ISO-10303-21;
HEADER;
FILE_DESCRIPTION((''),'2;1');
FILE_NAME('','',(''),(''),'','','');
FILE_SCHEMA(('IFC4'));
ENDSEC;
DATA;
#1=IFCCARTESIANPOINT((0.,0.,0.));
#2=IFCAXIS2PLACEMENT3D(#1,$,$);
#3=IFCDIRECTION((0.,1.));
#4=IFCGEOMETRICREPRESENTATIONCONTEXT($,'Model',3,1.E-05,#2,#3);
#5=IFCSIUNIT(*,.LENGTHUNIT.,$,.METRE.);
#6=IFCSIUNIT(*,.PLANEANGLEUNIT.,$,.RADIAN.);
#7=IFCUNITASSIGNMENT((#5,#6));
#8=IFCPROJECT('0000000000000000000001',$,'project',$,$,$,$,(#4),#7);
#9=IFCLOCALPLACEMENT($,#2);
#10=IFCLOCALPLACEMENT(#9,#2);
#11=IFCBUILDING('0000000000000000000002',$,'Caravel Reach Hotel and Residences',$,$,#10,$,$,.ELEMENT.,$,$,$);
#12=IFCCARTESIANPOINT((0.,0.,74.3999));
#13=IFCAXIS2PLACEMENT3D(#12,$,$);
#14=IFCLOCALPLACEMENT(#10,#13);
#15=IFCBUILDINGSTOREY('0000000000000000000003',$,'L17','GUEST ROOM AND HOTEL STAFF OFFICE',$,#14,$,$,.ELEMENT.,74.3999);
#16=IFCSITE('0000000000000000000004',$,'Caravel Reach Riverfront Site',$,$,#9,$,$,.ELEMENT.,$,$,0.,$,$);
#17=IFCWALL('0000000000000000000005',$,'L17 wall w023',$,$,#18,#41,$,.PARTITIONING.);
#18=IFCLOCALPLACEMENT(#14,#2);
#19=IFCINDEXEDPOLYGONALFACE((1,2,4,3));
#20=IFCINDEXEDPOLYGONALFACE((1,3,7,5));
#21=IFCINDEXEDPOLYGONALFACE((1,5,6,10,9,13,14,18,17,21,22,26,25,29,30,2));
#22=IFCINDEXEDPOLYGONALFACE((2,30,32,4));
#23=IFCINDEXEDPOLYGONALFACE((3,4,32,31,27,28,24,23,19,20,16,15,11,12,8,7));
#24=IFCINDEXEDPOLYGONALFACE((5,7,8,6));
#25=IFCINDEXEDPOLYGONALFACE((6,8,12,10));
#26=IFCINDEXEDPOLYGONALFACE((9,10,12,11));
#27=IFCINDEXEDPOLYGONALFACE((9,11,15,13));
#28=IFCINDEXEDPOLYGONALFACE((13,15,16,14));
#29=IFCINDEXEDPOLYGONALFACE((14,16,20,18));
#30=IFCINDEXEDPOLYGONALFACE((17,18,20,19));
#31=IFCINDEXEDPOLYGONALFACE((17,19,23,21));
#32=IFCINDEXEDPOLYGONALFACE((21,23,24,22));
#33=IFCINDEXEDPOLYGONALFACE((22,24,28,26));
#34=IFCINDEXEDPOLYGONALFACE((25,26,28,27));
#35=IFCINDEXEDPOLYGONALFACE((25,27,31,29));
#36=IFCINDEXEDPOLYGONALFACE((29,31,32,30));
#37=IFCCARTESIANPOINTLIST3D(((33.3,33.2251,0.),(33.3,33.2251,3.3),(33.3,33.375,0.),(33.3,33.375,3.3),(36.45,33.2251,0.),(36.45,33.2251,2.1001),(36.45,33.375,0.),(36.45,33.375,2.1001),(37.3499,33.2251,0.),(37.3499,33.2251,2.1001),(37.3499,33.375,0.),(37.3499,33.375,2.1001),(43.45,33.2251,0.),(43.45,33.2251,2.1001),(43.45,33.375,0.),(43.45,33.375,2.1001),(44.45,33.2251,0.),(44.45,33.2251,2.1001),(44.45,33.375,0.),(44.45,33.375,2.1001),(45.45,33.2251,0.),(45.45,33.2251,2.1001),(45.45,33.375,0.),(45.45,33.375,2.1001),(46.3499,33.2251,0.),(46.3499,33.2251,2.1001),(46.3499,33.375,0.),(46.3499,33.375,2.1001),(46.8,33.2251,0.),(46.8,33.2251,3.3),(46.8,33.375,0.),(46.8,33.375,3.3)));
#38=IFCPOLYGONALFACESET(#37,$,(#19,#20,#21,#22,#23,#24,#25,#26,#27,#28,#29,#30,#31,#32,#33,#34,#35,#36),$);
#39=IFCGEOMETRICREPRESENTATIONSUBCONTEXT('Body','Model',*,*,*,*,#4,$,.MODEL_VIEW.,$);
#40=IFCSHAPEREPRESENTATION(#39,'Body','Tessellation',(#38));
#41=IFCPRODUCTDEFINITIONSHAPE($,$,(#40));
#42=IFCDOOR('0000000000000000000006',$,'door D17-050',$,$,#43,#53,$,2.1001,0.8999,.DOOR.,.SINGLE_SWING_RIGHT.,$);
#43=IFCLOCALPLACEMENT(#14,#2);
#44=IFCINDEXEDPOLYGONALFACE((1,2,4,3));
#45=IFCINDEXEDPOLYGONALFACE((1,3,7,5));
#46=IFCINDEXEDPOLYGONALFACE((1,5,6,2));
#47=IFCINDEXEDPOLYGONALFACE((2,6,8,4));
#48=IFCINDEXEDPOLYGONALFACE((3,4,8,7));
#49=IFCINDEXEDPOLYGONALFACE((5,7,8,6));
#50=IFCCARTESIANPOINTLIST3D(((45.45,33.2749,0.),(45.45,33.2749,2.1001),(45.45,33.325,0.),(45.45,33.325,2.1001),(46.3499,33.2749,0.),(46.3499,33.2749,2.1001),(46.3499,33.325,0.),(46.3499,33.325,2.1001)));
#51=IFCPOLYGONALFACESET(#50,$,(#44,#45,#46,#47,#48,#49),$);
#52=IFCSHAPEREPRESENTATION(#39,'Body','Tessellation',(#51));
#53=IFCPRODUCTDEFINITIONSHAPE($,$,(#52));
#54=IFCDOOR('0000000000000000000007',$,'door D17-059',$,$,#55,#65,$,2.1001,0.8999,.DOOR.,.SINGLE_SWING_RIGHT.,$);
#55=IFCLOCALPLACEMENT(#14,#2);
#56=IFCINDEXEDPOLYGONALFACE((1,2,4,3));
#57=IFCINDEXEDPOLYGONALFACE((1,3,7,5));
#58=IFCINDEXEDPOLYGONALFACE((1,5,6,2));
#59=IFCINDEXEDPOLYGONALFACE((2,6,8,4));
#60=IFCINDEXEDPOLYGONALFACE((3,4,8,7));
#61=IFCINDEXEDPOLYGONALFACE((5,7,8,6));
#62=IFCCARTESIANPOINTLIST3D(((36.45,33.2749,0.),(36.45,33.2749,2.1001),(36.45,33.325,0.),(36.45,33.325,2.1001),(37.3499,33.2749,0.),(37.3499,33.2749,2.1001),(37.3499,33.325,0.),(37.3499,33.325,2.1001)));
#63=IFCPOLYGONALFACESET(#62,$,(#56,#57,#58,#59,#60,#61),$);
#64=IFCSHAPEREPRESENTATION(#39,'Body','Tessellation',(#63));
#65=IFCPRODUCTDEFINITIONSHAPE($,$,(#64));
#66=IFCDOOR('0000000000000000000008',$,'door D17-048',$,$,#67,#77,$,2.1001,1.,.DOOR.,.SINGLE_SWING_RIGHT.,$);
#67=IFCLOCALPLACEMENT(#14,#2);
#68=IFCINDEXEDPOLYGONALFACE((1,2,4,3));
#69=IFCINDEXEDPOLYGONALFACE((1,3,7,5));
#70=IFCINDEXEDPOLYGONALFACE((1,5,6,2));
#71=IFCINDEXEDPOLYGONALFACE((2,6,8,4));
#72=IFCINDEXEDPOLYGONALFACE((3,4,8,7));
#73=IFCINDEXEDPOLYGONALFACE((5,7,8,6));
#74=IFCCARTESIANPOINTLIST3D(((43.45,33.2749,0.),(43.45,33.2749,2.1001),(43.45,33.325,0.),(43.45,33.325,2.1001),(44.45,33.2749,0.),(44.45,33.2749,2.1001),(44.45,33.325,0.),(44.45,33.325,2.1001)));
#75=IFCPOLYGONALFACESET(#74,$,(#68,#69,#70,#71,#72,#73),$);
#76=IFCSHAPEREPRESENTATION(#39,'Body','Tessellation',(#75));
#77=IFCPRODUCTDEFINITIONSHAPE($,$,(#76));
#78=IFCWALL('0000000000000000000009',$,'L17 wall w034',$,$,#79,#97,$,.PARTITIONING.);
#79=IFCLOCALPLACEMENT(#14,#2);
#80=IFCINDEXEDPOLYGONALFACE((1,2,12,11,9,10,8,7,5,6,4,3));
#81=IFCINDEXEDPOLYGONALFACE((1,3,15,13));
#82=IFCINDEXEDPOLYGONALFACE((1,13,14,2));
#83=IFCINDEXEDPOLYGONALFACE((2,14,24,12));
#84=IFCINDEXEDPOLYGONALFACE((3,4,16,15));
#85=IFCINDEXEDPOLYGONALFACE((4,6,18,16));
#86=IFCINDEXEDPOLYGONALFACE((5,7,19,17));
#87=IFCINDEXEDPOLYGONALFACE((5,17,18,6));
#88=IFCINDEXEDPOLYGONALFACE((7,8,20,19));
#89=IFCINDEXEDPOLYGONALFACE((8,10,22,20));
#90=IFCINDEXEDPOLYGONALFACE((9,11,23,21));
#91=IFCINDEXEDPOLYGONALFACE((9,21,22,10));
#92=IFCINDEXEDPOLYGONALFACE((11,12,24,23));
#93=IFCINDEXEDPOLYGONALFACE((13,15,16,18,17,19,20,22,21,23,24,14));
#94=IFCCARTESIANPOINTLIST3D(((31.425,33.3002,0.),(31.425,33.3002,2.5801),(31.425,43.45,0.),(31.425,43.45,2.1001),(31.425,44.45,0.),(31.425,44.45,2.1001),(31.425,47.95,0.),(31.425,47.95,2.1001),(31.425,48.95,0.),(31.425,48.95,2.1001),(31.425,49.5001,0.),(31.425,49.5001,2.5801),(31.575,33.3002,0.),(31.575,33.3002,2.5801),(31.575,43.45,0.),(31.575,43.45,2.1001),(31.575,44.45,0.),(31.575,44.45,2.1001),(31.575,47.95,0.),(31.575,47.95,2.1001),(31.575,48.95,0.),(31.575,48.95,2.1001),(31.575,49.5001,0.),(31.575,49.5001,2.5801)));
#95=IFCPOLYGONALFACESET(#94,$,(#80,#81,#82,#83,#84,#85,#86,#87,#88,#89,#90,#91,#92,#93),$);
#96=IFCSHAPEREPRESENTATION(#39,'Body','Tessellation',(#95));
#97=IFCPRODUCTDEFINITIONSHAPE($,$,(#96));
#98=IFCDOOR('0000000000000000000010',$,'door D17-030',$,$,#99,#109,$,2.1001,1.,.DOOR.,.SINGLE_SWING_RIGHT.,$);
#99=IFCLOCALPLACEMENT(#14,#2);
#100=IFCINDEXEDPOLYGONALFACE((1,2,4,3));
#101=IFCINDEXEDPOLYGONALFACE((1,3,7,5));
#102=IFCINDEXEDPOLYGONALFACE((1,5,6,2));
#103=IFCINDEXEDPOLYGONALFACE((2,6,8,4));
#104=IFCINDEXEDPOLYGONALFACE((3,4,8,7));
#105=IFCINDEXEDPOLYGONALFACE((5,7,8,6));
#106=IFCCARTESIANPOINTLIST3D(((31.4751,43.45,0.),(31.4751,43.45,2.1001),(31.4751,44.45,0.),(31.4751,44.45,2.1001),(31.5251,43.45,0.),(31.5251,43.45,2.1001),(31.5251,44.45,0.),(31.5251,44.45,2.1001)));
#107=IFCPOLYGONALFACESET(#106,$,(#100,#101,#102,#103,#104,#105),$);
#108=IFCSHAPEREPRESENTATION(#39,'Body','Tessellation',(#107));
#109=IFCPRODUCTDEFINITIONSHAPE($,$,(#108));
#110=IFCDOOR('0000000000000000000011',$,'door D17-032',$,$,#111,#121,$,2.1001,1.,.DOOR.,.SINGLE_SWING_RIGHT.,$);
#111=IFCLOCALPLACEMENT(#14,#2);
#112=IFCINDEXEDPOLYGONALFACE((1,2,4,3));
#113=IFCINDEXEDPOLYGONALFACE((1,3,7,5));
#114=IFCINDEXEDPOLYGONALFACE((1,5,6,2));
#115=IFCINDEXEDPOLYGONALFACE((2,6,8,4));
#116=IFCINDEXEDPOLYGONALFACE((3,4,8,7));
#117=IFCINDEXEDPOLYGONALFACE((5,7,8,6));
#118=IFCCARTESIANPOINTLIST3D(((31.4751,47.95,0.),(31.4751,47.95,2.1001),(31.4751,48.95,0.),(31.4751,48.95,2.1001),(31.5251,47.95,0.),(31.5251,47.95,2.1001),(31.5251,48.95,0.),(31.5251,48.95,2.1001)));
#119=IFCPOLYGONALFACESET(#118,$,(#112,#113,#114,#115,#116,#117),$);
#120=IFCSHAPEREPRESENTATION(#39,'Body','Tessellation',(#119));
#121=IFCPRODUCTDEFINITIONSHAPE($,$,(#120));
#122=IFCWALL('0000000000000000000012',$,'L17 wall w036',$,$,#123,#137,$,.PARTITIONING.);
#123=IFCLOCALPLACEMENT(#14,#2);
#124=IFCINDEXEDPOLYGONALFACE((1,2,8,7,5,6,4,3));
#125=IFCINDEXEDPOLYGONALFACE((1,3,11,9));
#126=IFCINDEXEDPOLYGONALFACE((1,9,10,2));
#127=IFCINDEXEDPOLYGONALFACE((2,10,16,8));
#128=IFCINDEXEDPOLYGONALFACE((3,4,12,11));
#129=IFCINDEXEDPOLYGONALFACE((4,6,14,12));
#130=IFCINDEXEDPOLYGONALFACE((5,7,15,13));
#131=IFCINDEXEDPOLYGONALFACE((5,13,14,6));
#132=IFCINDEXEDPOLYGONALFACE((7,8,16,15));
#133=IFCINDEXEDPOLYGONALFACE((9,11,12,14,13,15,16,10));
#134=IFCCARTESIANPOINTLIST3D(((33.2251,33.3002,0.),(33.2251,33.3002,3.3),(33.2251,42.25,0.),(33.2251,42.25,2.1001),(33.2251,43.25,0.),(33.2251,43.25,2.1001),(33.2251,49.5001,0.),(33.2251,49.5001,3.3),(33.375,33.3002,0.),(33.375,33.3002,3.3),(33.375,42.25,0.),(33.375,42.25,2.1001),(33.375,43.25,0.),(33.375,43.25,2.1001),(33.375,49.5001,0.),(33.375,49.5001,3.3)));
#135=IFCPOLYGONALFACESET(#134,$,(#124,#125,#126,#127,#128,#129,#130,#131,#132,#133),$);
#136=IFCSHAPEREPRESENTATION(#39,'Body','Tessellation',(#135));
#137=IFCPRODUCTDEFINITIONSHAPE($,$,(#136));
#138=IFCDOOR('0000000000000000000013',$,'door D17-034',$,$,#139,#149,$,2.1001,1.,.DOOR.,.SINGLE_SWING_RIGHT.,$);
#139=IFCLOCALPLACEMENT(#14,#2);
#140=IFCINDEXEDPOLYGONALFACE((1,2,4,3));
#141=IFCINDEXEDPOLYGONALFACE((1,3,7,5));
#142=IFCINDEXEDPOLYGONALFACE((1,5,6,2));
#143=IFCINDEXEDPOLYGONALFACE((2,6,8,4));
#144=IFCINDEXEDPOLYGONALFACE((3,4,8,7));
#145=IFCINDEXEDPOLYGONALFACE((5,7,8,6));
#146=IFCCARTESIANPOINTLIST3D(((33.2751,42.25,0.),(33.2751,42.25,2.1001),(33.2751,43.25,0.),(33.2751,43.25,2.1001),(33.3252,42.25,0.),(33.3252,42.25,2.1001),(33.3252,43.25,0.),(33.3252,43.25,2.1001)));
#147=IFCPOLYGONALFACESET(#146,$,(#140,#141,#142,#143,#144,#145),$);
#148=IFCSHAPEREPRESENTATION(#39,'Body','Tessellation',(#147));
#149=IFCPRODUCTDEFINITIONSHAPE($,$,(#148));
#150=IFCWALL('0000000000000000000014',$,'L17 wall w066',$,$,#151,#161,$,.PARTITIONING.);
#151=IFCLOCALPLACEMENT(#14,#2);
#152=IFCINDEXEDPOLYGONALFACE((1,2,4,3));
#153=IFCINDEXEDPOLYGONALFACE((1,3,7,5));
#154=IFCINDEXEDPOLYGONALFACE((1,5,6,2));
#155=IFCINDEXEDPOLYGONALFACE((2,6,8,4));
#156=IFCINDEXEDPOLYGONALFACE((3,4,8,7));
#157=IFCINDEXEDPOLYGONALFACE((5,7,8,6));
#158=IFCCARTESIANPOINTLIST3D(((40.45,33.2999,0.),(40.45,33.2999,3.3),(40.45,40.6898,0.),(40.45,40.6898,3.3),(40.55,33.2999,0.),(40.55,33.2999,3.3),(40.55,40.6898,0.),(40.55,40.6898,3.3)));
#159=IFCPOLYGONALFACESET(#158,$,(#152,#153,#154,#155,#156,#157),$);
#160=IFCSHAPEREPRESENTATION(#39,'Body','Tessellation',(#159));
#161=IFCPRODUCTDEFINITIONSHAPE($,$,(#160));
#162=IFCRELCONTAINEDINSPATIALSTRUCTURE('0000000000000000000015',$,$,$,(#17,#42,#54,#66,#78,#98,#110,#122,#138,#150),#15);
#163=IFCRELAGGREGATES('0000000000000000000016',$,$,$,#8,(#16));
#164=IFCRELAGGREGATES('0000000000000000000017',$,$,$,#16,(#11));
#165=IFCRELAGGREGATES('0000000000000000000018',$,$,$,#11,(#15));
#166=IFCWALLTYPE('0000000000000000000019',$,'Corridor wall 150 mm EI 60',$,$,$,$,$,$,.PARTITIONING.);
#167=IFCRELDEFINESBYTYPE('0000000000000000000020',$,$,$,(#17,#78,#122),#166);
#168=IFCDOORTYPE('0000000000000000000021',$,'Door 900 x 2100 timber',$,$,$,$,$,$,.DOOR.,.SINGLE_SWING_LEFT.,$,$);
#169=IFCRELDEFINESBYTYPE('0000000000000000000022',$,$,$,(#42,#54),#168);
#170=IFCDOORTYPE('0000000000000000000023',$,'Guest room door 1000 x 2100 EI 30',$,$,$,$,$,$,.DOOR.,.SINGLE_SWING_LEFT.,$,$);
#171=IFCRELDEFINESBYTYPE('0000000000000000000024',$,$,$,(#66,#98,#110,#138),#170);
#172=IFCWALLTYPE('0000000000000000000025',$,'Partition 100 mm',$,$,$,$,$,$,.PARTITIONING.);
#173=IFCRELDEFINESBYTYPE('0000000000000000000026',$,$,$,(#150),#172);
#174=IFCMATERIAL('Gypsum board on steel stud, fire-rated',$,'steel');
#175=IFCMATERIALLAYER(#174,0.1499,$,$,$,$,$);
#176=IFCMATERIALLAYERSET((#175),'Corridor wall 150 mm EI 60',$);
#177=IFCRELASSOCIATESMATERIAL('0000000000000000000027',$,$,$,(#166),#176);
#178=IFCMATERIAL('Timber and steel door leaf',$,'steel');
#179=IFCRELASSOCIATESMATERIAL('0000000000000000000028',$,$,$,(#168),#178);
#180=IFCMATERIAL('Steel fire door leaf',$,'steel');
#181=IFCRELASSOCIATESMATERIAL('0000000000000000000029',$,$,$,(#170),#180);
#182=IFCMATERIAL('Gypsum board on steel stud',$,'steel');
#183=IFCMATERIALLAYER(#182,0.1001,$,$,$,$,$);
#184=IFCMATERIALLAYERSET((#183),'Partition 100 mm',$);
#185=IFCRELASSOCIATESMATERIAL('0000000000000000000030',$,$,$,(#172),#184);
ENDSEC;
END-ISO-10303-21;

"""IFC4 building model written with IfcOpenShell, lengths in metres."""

from ifc_helpers import new_model, si_unit, direction, frame, frame_2d, origin, place, context, subcontext, project, spatial, rectangle, extrude, material, layer, layer_set, type_object, element, fill, save


model = new_model("IFC4")

# Units and contexts
model_context = context("Model", 3, precision=1e-05, world=origin(), true_north=direction((0.0, 1.0)))
body_context = subcontext(model_context, "Body", "Model", "MODEL_VIEW")
ifc_project = project(units=[si_unit("LENGTHUNIT", "METRE"), si_unit("PLANEANGLEUNIT", "RADIAN")], contexts=[model_context])

# Site, building, storey
site_placement = place(None, origin())
site = spatial("IfcSite", under=ifc_project, at=site_placement, Name="Caravel Reach Riverfront Site", CompositionType="ELEMENT", RefElevation=0.0)
building_placement = place(site_placement, origin())
building = spatial("IfcBuilding", under=site, at=building_placement, Name="Caravel Reach Hotel and Residences", CompositionType="ELEMENT")
storey_placement = place(building_placement, frame((0.0, 0.0, 74.3999)))
storey = spatial("IfcBuildingStorey", under=building, at=storey_placement, Name="L17", Description="GUEST ROOM AND HOTEL STAFF OFFICE", CompositionType="ELEMENT", Elevation=74.3999)

# Walls, openings, doors
ifc_material_1 = material(Name="Gypsum board on steel stud, fire-rated", Category="steel")
ifc_layer_1 = layer(ifc_material_1, 0.1499)
ifc_layer_set_1 = layer_set([ifc_layer_1], Name="Corridor wall 150 mm EI 60")
wall_type_1 = type_object("IfcWallType", Name="Corridor wall 150 mm EI 60", PredefinedType="PARTITIONING", material=ifc_layer_set_1)
wall_1_placement = place(storey_placement, frame((33.3, 33.3, 0.0), z_axis=(0.0, 0.0, 1.0), x_axis=(1.0, 0.0, 0.0)))
wall_1 = element("IfcWall", 1, at=wall_1_placement, inside=storey, type_object=wall_type_1, Name="L17 wall w023", PredefinedType="PARTITIONING", context=body_context, shape_type="SweptSolid", body=[
    extrude(rectangle(XDim=13.5, YDim=0.1499, at=frame_2d((6.75, 0.0))), origin(), (0.0, 0.0, 1.0), 3.3),
])
opening_1_placement = place(wall_1_placement, frame((10.1499, 0.0, 0.0)))
opening_1 = element("IfcOpeningElement", 2, at=opening_1_placement, cuts=wall_1, PredefinedType="OPENING", context=body_context, shape_type="SweptSolid", body=[
    extrude(rectangle(XDim=1.0, YDim=2.1001, at=frame_2d((0.5, 1.05))), frame((0.0, 0.085, 0.0), z_axis=(0.0, -1.0, 0.0), x_axis=(1.0, 0.0, 0.0)), (0.0, 0.0, 1.0), 0.1699),
])
opening_2_placement = place(wall_1_placement, frame((12.1499, 0.0, 0.0)))
opening_2 = element("IfcOpeningElement", 3, at=opening_2_placement, cuts=wall_1, PredefinedType="OPENING", context=body_context, shape_type="SweptSolid", body=[
    extrude(rectangle(XDim=0.8999, YDim=2.1001, at=frame_2d((0.45, 1.05))), frame((0.0, 0.085, 0.0), z_axis=(0.0, -1.0, 0.0), x_axis=(1.0, 0.0, 0.0)), (0.0, 0.0, 1.0), 0.1699),
])
opening_3_placement = place(wall_1_placement, frame((3.1499, 0.0, 0.0)))
opening_3 = element("IfcOpeningElement", 4, at=opening_3_placement, cuts=wall_1, PredefinedType="OPENING", context=body_context, shape_type="SweptSolid", body=[
    extrude(rectangle(XDim=0.8999, YDim=2.1001, at=frame_2d((0.45, 1.05))), frame((0.0, 0.085, 0.0), z_axis=(0.0, -1.0, 0.0), x_axis=(1.0, 0.0, 0.0)), (0.0, 0.0, 1.0), 0.1699),
])
ifc_material_2 = material(Name="Timber and steel door leaf", Category="steel")
door_type_1 = type_object("IfcDoorType", Name="Door 900 x 2100 timber", OperationType="SINGLE_SWING_LEFT", PredefinedType="DOOR", material=ifc_material_2)
door_1_placement = place(opening_2_placement, origin())
door_1 = element("IfcDoor", 5, at=door_1_placement, inside=storey, type_object=door_type_1, Name="door D17-050", OperationType="SINGLE_SWING_RIGHT", OverallHeight=2.1001, OverallWidth=0.8999, PredefinedType="DOOR", context=body_context, shape_type="SweptSolid", body=[
    extrude(rectangle(XDim=0.8999, YDim=2.1001, at=frame_2d((0.45, 1.05))), frame((0.0, 0.0249, 0.0), z_axis=(0.0, -1.0, 0.0), x_axis=(1.0, 0.0, 0.0)), (0.0, 0.0, 1.0), 0.05),
])
fill(opening_2, door_1)
door_2_placement = place(opening_3_placement, origin())
door_2 = element("IfcDoor", 6, at=door_2_placement, inside=storey, type_object=door_type_1, Name="door D17-059", OperationType="SINGLE_SWING_RIGHT", OverallHeight=2.1001, OverallWidth=0.8999, PredefinedType="DOOR", context=body_context, shape_type="SweptSolid", body=[
    extrude(rectangle(XDim=0.8999, YDim=2.1001, at=frame_2d((0.45, 1.05))), frame((0.0, 0.0249, 0.0), z_axis=(0.0, -1.0, 0.0), x_axis=(1.0, 0.0, 0.0)), (0.0, 0.0, 1.0), 0.05),
])
fill(opening_3, door_2)
ifc_material_3 = material(Name="Steel fire door leaf", Category="steel")
door_type_2 = type_object("IfcDoorType", Name="Guest room door 1000 x 2100 EI 30", OperationType="SINGLE_SWING_LEFT", PredefinedType="DOOR", material=ifc_material_3)
door_3_placement = place(opening_1_placement, origin())
door_3 = element("IfcDoor", 7, at=door_3_placement, inside=storey, type_object=door_type_2, Name="door D17-048", OperationType="SINGLE_SWING_RIGHT", OverallHeight=2.1001, OverallWidth=1.0, PredefinedType="DOOR", context=body_context, shape_type="SweptSolid", body=[
    extrude(rectangle(XDim=1.0, YDim=2.1001, at=frame_2d((0.5, 1.05))), frame((0.0, 0.0249, 0.0), z_axis=(0.0, -1.0, 0.0), x_axis=(1.0, 0.0, 0.0)), (0.0, 0.0, 1.0), 0.05),
])
fill(opening_1, door_3)
wall_2_placement = place(storey_placement, frame((31.5, 33.3, 0.0), z_axis=(0.0, 0.0, 1.0), x_axis=(0.0, 1.0, 0.0)))
wall_2 = element("IfcWall", 8, at=wall_2_placement, inside=storey, type_object=wall_type_1, Name="L17 wall w034", PredefinedType="PARTITIONING", context=body_context, shape_type="SweptSolid", body=[
    extrude(rectangle(XDim=16.2, YDim=0.1499, at=frame_2d((8.1001, 0.0))), origin(), (0.0, 0.0, 1.0), 2.5801),
])
opening_4_placement = place(wall_2_placement, frame((10.1499, 0.0, 0.0)))
opening_4 = element("IfcOpeningElement", 9, at=opening_4_placement, cuts=wall_2, PredefinedType="OPENING", context=body_context, shape_type="SweptSolid", body=[
    extrude(rectangle(XDim=1.0, YDim=2.1001, at=frame_2d((0.5, 1.05))), frame((0.0, 0.085, 0.0), z_axis=(0.0, -1.0, 0.0), x_axis=(1.0, 0.0, 0.0)), (0.0, 0.0, 1.0), 0.1699),
])
opening_5_placement = place(wall_2_placement, frame((14.6499, 0.0, 0.0)))
opening_5 = element("IfcOpeningElement", 10, at=opening_5_placement, cuts=wall_2, PredefinedType="OPENING", context=body_context, shape_type="SweptSolid", body=[
    extrude(rectangle(XDim=1.0, YDim=2.1001, at=frame_2d((0.5, 1.05))), frame((0.0, 0.085, 0.0), z_axis=(0.0, -1.0, 0.0), x_axis=(1.0, 0.0, 0.0)), (0.0, 0.0, 1.0), 0.1699),
])
door_4_placement = place(opening_4_placement, origin())
door_4 = element("IfcDoor", 11, at=door_4_placement, inside=storey, type_object=door_type_2, Name="door D17-030", OperationType="SINGLE_SWING_RIGHT", OverallHeight=2.1001, OverallWidth=1.0, PredefinedType="DOOR", context=body_context, shape_type="SweptSolid", body=[
    extrude(rectangle(XDim=1.0, YDim=2.1001, at=frame_2d((0.5, 1.05))), frame((0.0, 0.0249, 0.0), z_axis=(0.0, -1.0, 0.0), x_axis=(1.0, 0.0, 0.0)), (0.0, 0.0, 1.0), 0.05),
])
fill(opening_4, door_4)
door_5_placement = place(opening_5_placement, origin())
door_5 = element("IfcDoor", 12, at=door_5_placement, inside=storey, type_object=door_type_2, Name="door D17-032", OperationType="SINGLE_SWING_RIGHT", OverallHeight=2.1001, OverallWidth=1.0, PredefinedType="DOOR", context=body_context, shape_type="SweptSolid", body=[
    extrude(rectangle(XDim=1.0, YDim=2.1001, at=frame_2d((0.5, 1.05))), frame((0.0, 0.0249, 0.0), z_axis=(0.0, -1.0, 0.0), x_axis=(1.0, 0.0, 0.0)), (0.0, 0.0, 1.0), 0.05),
])
fill(opening_5, door_5)

# Wall, opening, door
wall_3_placement = place(storey_placement, frame((33.3, 33.3, 0.0), z_axis=(0.0, 0.0, 1.0), x_axis=(0.0, 1.0, 0.0)))
wall_3 = element("IfcWall", 13, at=wall_3_placement, inside=storey, type_object=wall_type_1, Name="L17 wall w036", PredefinedType="PARTITIONING", context=body_context, shape_type="SweptSolid", body=[
    extrude(rectangle(XDim=16.2, YDim=0.1499, at=frame_2d((8.1001, 0.0))), origin(), (0.0, 0.0, 1.0), 3.3),
])
opening_6_placement = place(wall_3_placement, frame((8.95, 0.0, 0.0)))
opening_6 = element("IfcOpeningElement", 14, at=opening_6_placement, cuts=wall_3, PredefinedType="OPENING", context=body_context, shape_type="SweptSolid", body=[
    extrude(rectangle(XDim=1.0, YDim=2.1001, at=frame_2d((0.5, 1.05))), frame((0.0, 0.085, 0.0), z_axis=(0.0, -1.0, 0.0), x_axis=(1.0, 0.0, 0.0)), (0.0, 0.0, 1.0), 0.1699),
])
door_6_placement = place(opening_6_placement, origin())
door_6 = element("IfcDoor", 15, at=door_6_placement, inside=storey, type_object=door_type_2, Name="door D17-034", OperationType="SINGLE_SWING_RIGHT", OverallHeight=2.1001, OverallWidth=1.0, PredefinedType="DOOR", context=body_context, shape_type="SweptSolid", body=[
    extrude(rectangle(XDim=1.0, YDim=2.1001, at=frame_2d((0.5, 1.05))), frame((0.0, 0.0249, 0.0), z_axis=(0.0, -1.0, 0.0), x_axis=(1.0, 0.0, 0.0)), (0.0, 0.0, 1.0), 0.05),
])
fill(opening_6, door_6)

# Wall
ifc_material_4 = material(Name="Gypsum board on steel stud", Category="steel")
ifc_layer_2 = layer(ifc_material_4, 0.1001)
ifc_layer_set_2 = layer_set([ifc_layer_2], Name="Partition 100 mm")
wall_type_2 = type_object("IfcWallType", Name="Partition 100 mm", PredefinedType="PARTITIONING", material=ifc_layer_set_2)
wall_4_placement = place(storey_placement, frame((40.5, 33.3, 0.0), z_axis=(0.0, 0.0, 1.0), x_axis=(0.0, 1.0, 0.0)))
element("IfcWall", 16, at=wall_4_placement, inside=storey, type_object=wall_type_2, Name="L17 wall w066", PredefinedType="PARTITIONING", context=body_context, shape_type="SweptSolid", body=[
    extrude(rectangle(XDim=7.3899, YDim=0.1001, at=frame_2d((3.6948, 0.0))), origin(), (0.0, 0.0, 1.0), 3.3),
])

save(model, "model.ifc")
